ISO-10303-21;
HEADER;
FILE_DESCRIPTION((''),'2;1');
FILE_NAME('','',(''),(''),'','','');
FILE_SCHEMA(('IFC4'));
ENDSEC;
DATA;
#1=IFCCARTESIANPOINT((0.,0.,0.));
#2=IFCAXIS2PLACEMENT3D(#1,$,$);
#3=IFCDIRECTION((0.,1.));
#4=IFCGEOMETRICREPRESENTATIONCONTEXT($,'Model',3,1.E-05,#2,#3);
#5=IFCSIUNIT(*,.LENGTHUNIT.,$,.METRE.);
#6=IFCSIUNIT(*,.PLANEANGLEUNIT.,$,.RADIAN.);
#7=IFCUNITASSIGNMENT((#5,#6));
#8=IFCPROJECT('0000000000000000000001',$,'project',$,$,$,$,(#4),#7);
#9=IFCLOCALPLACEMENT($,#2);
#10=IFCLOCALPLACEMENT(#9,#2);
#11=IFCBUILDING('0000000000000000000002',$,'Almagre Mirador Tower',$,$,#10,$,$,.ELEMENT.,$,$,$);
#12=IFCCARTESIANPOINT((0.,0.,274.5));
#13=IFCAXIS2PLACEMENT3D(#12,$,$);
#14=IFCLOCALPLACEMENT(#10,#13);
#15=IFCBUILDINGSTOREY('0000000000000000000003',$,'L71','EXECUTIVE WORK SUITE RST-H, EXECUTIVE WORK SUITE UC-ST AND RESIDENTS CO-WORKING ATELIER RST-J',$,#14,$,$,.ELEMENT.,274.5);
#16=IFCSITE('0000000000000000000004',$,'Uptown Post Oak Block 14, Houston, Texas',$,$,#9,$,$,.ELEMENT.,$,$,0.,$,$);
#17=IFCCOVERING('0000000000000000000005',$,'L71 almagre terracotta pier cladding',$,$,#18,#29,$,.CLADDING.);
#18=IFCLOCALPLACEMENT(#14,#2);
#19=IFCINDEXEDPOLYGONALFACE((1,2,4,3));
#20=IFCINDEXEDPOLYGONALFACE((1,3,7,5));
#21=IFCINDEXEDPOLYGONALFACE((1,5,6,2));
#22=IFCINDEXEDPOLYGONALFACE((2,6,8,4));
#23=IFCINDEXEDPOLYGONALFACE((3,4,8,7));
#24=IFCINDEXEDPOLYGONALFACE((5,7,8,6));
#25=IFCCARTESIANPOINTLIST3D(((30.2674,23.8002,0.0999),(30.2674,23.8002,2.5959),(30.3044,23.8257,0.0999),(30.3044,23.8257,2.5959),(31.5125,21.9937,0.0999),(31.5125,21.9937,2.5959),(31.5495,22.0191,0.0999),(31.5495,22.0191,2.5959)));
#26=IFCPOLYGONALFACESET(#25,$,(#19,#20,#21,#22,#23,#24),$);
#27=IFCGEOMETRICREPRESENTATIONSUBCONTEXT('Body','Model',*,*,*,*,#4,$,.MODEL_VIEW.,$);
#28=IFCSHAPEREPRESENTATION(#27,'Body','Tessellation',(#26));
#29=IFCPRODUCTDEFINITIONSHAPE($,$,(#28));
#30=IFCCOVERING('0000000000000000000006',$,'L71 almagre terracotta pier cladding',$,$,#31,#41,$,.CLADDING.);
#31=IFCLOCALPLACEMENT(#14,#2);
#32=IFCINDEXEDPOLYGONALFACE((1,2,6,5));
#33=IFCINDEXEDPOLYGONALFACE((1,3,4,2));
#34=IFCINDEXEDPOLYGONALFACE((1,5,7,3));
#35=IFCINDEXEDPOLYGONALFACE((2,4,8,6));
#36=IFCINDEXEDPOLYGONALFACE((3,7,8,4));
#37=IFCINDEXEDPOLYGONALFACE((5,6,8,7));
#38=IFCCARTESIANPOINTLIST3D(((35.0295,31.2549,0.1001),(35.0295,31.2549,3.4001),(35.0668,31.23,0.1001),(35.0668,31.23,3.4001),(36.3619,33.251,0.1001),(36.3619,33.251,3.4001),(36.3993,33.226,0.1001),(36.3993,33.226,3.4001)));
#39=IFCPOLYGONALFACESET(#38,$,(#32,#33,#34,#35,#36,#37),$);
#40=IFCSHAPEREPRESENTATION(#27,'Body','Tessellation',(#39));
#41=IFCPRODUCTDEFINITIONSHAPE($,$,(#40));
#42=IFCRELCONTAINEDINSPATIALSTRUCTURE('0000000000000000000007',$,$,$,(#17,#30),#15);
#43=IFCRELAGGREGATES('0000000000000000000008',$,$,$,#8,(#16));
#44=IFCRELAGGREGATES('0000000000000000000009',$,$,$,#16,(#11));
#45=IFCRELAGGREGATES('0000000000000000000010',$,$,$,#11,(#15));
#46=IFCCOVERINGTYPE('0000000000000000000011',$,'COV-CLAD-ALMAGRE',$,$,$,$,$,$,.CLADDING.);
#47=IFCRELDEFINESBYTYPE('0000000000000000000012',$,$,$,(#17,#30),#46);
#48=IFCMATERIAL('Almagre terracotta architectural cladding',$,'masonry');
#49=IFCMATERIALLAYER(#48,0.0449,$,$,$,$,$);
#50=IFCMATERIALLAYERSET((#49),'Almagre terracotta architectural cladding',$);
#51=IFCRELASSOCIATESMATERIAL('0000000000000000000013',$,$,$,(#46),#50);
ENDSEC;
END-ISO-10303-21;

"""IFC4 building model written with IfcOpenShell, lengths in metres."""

from ifc_helpers import new_model, si_unit, direction, frame, origin, origin_2d, place, context, subcontext, project, spatial, rectangle, extrude, material, layer, layer_set, type_object, element, save


model = new_model("IFC4")

# Units and contexts
model_context = context("Model", 3, precision=1e-05, world=origin(), true_north=direction((0.0, 1.0)))
body_context = subcontext(model_context, "Body", "Model", "MODEL_VIEW")
ifc_project = project(units=[si_unit("LENGTHUNIT", "METRE"), si_unit("PLANEANGLEUNIT", "RADIAN")], contexts=[model_context])

# Site, building, storey
site_placement = place(None, origin())
site = spatial("IfcSite", under=ifc_project, at=site_placement, Name="Uptown Post Oak Block 14, Houston, Texas", CompositionType="ELEMENT", RefElevation=0.0)
building_placement = place(site_placement, origin())
building = spatial("IfcBuilding", under=site, at=building_placement, Name="Almagre Mirador Tower", CompositionType="ELEMENT")
storey_placement = place(building_placement, frame((0.0, 0.0, 274.5)))
storey = spatial("IfcBuildingStorey", under=building, at=storey_placement, Name="L71", Description="EXECUTIVE WORK SUITE RST-H, EXECUTIVE WORK SUITE UC-ST AND RESIDENTS CO-WORKING ATELIER RST-J", CompositionType="ELEMENT", Elevation=274.5)

# Coverings
ifc_material_1 = material(Name="Almagre terracotta architectural cladding", Category="masonry")
ifc_layer_1 = layer(ifc_material_1, 0.0449)
ifc_layer_set_1 = layer_set([ifc_layer_1], Name="Almagre terracotta architectural cladding")
covering_type = type_object("IfcCoveringType", Name="COV-CLAD-ALMAGRE", PredefinedType="CLADDING", material=ifc_layer_set_1)
covering_1_placement = place(storey_placement, frame((30.9084, 22.9097, 0.0999), z_axis=(0.0, 0.0, 1.0), x_axis=(-0.567513, 0.823364, 0.0)))
element("IfcCovering", 1, at=covering_1_placement, inside=storey, type_object=covering_type, Name="L71 almagre terracotta pier cladding", PredefinedType="CLADDING", context=body_context, shape_type="SweptSolid", body=[
    extrude(rectangle(XDim=2.1941, YDim=0.0449, at=origin_2d()), origin(), (0.0, 0.0, 1.0), 2.4961),
])
covering_2_placement = place(storey_placement, frame((35.7144, 32.2405, 0.1001), z_axis=(0.0, 0.0, 1.0), x_axis=(0.555207, 0.831712, 0.0)))
element("IfcCovering", 2, at=covering_2_placement, inside=storey, type_object=covering_type, Name="L71 almagre terracotta pier cladding", PredefinedType="CLADDING", context=body_context, shape_type="SweptSolid", body=[
    extrude(rectangle(XDim=2.3999, YDim=0.0449, at=origin_2d()), origin(), (0.0, 0.0, 1.0), 3.3),
])

save(model, "model.ifc")
